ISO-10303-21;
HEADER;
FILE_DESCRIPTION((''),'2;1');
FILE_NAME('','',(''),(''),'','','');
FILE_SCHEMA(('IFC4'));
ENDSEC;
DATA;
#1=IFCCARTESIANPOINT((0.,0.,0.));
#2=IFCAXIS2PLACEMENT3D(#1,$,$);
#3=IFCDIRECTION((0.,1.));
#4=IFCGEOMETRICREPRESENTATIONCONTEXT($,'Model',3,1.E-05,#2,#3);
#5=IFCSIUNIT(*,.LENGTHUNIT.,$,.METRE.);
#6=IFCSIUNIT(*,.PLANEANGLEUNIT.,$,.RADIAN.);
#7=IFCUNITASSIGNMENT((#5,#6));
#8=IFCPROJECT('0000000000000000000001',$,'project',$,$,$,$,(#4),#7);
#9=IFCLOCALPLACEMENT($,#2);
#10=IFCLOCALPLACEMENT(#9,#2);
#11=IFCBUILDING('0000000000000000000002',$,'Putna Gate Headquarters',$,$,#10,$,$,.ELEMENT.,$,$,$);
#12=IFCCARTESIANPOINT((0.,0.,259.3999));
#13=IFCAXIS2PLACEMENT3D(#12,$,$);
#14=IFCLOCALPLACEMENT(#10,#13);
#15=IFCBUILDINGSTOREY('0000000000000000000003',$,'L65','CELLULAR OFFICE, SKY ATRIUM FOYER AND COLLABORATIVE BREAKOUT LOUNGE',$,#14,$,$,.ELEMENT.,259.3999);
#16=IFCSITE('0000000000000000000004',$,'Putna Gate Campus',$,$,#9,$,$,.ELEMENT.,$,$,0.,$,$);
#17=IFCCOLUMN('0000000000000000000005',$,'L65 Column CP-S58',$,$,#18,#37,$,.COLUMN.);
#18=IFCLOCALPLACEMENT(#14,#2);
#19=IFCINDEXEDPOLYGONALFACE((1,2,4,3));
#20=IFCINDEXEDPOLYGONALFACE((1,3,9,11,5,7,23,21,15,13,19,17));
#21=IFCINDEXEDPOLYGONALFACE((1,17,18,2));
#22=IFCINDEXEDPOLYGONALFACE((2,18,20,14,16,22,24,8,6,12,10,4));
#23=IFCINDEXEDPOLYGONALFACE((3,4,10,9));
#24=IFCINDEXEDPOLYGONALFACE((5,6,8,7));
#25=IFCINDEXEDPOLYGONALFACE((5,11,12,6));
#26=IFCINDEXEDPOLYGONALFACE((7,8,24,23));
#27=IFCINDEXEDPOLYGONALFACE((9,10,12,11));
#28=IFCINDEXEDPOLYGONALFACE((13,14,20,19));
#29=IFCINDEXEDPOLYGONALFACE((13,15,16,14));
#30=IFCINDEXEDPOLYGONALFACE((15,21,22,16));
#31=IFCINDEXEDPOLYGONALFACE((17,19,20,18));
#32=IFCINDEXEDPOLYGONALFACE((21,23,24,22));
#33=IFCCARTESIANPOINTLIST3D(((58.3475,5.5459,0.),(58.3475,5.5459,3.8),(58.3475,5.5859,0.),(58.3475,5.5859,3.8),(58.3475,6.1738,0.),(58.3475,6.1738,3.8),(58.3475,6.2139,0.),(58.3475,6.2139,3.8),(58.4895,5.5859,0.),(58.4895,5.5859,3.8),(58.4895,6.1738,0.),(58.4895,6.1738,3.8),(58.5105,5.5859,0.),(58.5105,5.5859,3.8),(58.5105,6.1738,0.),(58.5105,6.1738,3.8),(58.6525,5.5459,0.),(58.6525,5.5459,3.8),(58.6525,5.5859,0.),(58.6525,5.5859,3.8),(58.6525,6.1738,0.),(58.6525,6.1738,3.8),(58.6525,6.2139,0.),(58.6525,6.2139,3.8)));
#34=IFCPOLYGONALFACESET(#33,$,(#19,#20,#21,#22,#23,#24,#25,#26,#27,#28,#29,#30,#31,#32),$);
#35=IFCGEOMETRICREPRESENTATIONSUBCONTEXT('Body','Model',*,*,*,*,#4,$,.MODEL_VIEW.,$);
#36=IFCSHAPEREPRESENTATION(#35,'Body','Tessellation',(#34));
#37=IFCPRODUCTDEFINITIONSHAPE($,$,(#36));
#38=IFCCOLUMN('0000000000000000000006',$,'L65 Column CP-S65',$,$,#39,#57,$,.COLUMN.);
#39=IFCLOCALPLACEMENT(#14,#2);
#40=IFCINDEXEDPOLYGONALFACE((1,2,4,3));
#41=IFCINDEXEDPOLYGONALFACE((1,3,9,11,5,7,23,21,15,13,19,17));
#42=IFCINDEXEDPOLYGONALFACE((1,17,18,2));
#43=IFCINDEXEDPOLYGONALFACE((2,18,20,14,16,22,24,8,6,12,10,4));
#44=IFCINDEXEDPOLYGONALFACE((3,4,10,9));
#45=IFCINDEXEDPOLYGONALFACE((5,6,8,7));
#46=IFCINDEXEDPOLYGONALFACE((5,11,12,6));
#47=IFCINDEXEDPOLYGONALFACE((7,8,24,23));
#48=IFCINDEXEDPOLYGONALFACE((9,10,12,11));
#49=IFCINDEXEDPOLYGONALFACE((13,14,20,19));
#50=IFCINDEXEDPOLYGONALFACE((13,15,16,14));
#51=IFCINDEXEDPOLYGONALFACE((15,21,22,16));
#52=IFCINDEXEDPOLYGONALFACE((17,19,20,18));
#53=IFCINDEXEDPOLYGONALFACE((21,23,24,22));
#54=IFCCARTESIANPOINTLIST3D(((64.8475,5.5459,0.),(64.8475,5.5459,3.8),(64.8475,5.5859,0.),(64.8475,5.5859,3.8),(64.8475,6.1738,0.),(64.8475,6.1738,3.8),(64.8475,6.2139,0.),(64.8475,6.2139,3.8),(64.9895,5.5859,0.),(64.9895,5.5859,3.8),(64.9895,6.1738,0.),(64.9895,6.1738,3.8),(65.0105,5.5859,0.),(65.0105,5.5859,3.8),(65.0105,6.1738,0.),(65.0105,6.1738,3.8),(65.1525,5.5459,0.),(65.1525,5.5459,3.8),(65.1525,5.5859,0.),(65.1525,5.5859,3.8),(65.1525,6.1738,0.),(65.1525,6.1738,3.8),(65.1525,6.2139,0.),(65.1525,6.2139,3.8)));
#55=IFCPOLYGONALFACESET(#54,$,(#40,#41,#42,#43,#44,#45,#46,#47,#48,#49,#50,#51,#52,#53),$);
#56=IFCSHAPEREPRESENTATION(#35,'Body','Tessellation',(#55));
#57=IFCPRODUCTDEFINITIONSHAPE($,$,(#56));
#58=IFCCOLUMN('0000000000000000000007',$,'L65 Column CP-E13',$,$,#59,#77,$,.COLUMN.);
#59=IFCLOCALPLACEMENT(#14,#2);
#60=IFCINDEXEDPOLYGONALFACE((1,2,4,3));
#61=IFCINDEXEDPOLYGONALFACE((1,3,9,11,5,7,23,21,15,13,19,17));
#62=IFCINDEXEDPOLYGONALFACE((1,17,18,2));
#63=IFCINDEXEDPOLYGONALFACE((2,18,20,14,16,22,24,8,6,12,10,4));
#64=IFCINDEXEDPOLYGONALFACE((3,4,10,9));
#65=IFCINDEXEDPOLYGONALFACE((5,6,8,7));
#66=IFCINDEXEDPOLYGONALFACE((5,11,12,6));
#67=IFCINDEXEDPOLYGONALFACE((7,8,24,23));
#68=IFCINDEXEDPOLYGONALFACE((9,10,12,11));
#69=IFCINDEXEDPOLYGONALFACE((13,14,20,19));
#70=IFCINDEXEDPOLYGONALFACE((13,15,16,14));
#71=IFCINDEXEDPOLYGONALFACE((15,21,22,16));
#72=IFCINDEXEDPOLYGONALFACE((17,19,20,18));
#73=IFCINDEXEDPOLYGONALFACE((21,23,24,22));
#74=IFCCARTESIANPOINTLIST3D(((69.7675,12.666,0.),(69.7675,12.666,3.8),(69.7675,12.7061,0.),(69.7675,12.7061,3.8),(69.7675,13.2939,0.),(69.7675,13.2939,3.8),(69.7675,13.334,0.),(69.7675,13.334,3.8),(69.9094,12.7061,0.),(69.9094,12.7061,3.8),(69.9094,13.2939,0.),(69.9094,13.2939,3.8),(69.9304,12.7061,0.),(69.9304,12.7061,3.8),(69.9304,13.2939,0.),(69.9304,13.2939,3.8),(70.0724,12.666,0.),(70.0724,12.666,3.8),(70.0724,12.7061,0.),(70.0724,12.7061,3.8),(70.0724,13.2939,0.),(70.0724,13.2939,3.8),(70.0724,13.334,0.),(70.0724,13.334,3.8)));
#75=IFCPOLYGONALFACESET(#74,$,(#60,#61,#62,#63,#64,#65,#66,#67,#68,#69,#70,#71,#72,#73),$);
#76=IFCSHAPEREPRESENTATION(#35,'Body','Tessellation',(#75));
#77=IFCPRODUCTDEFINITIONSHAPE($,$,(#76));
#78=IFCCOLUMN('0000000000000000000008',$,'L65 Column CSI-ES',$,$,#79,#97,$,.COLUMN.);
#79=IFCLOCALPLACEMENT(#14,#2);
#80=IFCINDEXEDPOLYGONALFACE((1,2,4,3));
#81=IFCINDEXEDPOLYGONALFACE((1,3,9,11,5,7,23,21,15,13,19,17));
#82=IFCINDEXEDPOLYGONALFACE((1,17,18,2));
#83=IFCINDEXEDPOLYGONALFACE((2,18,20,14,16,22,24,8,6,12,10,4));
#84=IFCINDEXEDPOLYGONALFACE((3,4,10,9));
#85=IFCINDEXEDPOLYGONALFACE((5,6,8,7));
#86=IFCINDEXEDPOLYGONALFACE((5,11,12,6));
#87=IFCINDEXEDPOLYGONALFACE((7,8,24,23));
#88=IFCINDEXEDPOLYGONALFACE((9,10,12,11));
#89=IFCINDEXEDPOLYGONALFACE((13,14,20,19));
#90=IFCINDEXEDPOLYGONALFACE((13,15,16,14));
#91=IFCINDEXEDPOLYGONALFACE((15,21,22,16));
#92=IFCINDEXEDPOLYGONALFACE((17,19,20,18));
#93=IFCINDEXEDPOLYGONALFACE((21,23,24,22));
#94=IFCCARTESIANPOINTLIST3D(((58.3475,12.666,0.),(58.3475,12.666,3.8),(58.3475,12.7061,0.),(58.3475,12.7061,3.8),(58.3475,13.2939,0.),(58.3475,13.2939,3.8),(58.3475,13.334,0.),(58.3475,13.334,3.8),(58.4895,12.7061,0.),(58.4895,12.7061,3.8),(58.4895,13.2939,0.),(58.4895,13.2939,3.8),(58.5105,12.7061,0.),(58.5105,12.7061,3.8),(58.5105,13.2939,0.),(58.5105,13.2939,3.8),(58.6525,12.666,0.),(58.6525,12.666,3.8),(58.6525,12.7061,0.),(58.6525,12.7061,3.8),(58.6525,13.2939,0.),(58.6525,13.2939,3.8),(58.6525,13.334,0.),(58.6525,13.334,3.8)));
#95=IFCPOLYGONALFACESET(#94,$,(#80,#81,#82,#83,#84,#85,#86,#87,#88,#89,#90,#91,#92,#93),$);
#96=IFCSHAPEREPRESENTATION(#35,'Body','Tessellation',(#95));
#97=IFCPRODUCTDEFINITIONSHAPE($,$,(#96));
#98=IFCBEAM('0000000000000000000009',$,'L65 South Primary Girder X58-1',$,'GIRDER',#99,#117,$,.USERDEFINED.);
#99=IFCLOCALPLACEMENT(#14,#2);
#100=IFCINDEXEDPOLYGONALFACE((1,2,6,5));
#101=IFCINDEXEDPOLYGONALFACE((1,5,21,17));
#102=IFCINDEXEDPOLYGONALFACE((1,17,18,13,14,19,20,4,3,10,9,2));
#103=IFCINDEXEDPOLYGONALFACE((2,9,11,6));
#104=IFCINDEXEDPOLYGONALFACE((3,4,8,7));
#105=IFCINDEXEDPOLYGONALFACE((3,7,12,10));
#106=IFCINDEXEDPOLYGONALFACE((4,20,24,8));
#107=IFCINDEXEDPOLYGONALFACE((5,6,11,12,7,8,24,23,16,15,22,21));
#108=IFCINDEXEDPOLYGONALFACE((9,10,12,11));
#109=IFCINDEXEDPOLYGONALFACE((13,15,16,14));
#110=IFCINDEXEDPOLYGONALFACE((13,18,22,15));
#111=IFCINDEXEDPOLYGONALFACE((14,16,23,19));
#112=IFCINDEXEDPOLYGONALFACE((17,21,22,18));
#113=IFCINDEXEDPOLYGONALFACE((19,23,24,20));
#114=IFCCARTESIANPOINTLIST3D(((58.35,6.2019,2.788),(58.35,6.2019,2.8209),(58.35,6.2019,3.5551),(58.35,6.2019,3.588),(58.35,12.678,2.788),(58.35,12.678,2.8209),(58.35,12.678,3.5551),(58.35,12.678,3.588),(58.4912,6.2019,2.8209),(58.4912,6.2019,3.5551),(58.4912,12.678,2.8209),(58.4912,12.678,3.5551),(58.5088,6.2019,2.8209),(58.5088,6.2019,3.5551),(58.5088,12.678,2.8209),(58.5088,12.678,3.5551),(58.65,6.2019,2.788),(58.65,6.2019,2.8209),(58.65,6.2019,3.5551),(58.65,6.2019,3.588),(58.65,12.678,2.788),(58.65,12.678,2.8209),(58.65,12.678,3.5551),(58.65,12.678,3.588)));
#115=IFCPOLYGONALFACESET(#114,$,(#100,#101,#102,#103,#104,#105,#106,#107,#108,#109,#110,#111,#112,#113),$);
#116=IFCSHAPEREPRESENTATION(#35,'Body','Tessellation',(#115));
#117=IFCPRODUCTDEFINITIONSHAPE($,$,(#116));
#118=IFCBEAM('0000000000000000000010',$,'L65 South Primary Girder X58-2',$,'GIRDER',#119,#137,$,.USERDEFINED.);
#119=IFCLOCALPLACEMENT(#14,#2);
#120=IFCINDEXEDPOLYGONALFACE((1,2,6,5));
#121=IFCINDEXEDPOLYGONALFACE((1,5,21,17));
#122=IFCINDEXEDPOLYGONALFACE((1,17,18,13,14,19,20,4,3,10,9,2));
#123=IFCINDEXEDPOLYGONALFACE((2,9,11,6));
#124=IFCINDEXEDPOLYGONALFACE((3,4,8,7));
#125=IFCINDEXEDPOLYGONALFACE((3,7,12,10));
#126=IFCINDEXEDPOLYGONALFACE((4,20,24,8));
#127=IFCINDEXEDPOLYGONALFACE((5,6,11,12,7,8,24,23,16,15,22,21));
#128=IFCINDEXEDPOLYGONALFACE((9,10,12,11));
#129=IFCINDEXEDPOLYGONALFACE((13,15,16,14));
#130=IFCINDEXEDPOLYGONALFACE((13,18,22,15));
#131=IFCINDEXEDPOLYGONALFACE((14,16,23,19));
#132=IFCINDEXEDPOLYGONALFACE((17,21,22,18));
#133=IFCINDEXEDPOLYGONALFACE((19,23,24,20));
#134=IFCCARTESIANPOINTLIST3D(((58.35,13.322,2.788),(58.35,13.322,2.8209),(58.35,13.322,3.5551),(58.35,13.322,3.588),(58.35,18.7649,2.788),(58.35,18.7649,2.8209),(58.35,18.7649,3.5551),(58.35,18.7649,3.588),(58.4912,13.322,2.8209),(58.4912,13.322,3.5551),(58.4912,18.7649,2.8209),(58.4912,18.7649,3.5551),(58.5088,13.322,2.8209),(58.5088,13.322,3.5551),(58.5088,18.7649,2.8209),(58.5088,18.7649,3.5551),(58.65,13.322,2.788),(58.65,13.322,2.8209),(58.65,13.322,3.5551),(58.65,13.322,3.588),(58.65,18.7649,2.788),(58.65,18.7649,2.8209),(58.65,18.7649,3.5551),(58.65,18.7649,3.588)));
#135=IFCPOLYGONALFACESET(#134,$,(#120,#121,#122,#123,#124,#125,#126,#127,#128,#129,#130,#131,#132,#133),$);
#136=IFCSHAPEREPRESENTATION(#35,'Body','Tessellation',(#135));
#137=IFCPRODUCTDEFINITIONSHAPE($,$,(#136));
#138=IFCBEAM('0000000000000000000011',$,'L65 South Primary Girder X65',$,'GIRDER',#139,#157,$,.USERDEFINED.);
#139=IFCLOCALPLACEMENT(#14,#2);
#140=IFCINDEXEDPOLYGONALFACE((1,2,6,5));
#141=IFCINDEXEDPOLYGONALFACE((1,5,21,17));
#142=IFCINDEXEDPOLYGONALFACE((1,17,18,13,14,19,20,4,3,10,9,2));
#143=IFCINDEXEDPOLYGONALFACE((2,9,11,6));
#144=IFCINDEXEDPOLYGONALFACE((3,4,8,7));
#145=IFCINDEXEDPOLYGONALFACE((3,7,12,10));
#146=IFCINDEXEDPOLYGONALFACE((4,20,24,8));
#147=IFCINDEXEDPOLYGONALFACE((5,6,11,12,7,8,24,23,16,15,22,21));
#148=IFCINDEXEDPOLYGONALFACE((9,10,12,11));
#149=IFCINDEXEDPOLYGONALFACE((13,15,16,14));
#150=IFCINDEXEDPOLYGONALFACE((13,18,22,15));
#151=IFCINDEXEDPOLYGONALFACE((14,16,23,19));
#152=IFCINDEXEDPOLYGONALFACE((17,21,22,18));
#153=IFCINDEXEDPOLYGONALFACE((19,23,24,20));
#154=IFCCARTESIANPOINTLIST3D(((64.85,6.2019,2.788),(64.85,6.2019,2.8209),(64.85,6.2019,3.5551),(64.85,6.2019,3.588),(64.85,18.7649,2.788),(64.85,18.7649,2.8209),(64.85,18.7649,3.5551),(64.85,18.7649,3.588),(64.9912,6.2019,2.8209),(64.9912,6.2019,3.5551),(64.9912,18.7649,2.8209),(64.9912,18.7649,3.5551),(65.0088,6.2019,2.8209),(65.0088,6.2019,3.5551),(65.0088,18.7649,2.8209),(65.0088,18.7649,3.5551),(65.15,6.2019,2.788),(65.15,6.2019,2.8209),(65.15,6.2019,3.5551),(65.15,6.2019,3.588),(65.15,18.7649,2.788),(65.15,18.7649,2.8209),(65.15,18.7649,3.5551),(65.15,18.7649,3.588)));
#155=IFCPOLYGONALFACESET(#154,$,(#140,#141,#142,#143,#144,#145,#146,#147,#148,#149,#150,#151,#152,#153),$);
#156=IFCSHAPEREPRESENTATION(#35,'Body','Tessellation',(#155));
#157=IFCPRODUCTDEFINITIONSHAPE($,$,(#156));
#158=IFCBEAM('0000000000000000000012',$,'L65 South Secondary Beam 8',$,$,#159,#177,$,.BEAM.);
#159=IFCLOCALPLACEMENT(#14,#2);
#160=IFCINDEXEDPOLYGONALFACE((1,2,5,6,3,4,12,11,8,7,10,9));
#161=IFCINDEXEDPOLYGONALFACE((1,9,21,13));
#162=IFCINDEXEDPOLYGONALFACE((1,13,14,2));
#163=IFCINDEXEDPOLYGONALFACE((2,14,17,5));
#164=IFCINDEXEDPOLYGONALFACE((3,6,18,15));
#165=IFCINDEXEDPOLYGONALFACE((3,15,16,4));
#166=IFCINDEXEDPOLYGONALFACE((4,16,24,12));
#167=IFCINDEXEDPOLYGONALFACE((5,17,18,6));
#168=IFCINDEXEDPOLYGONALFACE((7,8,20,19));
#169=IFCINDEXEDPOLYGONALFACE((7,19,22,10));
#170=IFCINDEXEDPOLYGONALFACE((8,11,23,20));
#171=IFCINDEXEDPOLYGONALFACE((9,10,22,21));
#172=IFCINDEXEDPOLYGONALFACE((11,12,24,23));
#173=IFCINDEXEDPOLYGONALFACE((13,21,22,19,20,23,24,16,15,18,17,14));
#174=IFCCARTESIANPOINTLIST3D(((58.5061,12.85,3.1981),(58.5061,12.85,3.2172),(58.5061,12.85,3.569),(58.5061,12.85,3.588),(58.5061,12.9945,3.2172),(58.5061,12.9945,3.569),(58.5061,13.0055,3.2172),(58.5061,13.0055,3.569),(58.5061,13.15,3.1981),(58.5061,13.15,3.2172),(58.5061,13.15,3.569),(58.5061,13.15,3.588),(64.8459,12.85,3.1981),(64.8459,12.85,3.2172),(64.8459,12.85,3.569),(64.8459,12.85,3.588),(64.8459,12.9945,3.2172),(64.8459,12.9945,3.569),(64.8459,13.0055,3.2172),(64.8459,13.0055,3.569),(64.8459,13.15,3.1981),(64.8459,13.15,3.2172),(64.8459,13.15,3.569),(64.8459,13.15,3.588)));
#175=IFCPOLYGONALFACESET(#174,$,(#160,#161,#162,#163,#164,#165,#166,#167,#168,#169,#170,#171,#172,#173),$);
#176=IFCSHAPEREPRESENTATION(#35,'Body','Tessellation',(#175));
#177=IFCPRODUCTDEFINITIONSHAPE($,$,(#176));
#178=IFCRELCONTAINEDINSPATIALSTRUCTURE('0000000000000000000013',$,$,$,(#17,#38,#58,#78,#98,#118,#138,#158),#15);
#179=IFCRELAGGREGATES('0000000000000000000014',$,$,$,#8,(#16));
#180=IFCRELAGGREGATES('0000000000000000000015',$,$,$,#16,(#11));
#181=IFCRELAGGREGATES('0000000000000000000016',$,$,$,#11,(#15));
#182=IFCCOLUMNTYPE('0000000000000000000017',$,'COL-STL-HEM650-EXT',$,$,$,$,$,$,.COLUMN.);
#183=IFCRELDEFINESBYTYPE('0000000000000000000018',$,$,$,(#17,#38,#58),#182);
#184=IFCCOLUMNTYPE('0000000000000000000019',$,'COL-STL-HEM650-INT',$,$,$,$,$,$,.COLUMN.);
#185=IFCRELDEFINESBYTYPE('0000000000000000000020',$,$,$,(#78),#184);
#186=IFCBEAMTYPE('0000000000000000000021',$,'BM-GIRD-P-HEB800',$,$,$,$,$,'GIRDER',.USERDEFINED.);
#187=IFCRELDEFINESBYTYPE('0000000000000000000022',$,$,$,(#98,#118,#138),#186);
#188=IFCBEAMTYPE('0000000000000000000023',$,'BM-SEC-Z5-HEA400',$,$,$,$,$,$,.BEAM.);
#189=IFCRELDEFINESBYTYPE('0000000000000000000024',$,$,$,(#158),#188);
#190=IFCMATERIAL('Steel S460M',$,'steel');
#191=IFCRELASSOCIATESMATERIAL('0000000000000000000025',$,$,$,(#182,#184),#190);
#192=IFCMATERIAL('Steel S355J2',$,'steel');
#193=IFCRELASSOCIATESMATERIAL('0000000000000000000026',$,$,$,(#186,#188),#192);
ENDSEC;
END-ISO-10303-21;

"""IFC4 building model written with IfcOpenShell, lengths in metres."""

from ifc_helpers import new_model, si_unit, direction, frame, origin, origin_2d, place, context, subcontext, project, spatial, i_section, extrude, material, material_profile, profile_set, type_object, element, save


model = new_model("IFC4")

# Units and contexts
model_context = context("Model", 3, precision=1e-05, world=origin(), true_north=direction((0.0, 1.0)))
body_context = subcontext(model_context, "Body", "Model", "MODEL_VIEW")
ifc_project = project(units=[si_unit("LENGTHUNIT", "METRE"), si_unit("PLANEANGLEUNIT", "RADIAN")], contexts=[model_context])

# Site, building, storey
site_placement = place(None, origin())
site = spatial("IfcSite", under=ifc_project, at=site_placement, Name="Putna Gate Campus", CompositionType="ELEMENT", RefElevation=0.0)
building_placement = place(site_placement, origin())
building = spatial("IfcBuilding", under=site, at=building_placement, Name="Putna Gate Headquarters", CompositionType="ELEMENT")
storey_placement = place(building_placement, frame((0.0, 0.0, 259.3999)))
storey = spatial("IfcBuildingStorey", under=building, at=storey_placement, Name="L65", Description="CELLULAR OFFICE, SKY ATRIUM FOYER AND COLLABORATIVE BREAKOUT LOUNGE", CompositionType="ELEMENT", Elevation=259.3999)

# Columns
ifc_material_1 = material(Name="Steel S460M", Category="steel")
ifc_material_profile_1 = material_profile(ifc_material_1, i_section(OverallWidth=0.3049, OverallDepth=0.668, WebThickness=0.021, FlangeThickness=0.04, at=origin_2d()), Name="Steel S460M")
ifc_profile_set_1 = profile_set([ifc_material_profile_1], Name="Steel S460M")
column_type_1 = type_object("IfcColumnType", Name="COL-STL-HEM650-EXT", PredefinedType="COLUMN", material=ifc_profile_set_1)
for number, where, z_axis, x_axis, name in (
    (1, (58.5, 5.8799, 0.0), (0.0, 0.0, 1.0), (1.0, 0.0, 0.0), "L65 Column CP-S58"),
    (2, (65.0, 5.8799, 0.0), (0.0, 0.0, 1.0), (1.0, 0.0, 0.0), "L65 Column CP-S65"),
    (3, (69.9199, 13.0, 0.0), (0.0, 0.0, 1.0), (1.0, 0.0, 0.0), "L65 Column CP-E13"),
):
    element("IfcColumn", number, at=place(storey_placement, frame(where, z_axis=z_axis, x_axis=x_axis)), inside=storey, type_object=column_type_1, Name=name, PredefinedType="COLUMN", context=body_context, shape_type="SweptSolid", body=[
        extrude(i_section(OverallWidth=0.3049, OverallDepth=0.668, WebThickness=0.021, FlangeThickness=0.04, at=origin_2d()), origin(), (0.0, 0.0, 1.0), 3.8),
    ])
ifc_material_profile_2 = material_profile(ifc_material_1, i_section(OverallWidth=0.3049, OverallDepth=0.668, WebThickness=0.021, FlangeThickness=0.04, at=origin_2d()), Name="Steel S460M")
ifc_profile_set_2 = profile_set([ifc_material_profile_2], Name="Steel S460M")
column_type_2 = type_object("IfcColumnType", Name="COL-STL-HEM650-INT", PredefinedType="COLUMN", material=ifc_profile_set_2)
column_placement = place(storey_placement, frame((58.5, 13.0, 0.0), z_axis=(0.0, 0.0, 1.0), x_axis=(1.0, 0.0, 0.0)))
element("IfcColumn", 4, at=column_placement, inside=storey, type_object=column_type_2, Name="L65 Column CSI-ES", PredefinedType="COLUMN", context=body_context, shape_type="SweptSolid", body=[
    extrude(i_section(OverallWidth=0.3049, OverallDepth=0.668, WebThickness=0.021, FlangeThickness=0.04, at=origin_2d()), origin(), (0.0, 0.0, 1.0), 3.8),
])

# Beams
ifc_material_2 = material(Name="Steel S355J2", Category="steel")
ifc_material_profile_3 = material_profile(ifc_material_2, i_section(OverallWidth=0.3, OverallDepth=0.8, WebThickness=0.0176, FlangeThickness=0.033, at=origin_2d()), Name="Steel S355J2")
ifc_profile_set_3 = profile_set([ifc_material_profile_3], Name="Steel S355J2")
beam_type_1 = type_object("IfcBeamType", Name="BM-GIRD-P-HEB800", ElementType="GIRDER", PredefinedType="USERDEFINED", material=ifc_profile_set_3)
beam_1_placement = place(storey_placement, frame((58.5, 6.2019, 3.188), z_axis=(0.0, 1.0, 0.0), x_axis=(-1.0, 0.0, 0.0)))
element("IfcBeam", 5, at=beam_1_placement, inside=storey, type_object=beam_type_1, Name="L65 South Primary Girder X58-1", ObjectType="GIRDER", PredefinedType="USERDEFINED", context=body_context, shape_type="SweptSolid", body=[
    extrude(i_section(OverallWidth=0.3, OverallDepth=0.8, WebThickness=0.0176, FlangeThickness=0.033, at=origin_2d()), origin(), (0.0, 0.0, 1.0), 6.4761),
])
beam_2_placement = place(storey_placement, frame((58.5, 13.322, 3.188), z_axis=(0.0, 1.0, 0.0), x_axis=(-1.0, 0.0, 0.0)))
element("IfcBeam", 6, at=beam_2_placement, inside=storey, type_object=beam_type_1, Name="L65 South Primary Girder X58-2", ObjectType="GIRDER", PredefinedType="USERDEFINED", context=body_context, shape_type="SweptSolid", body=[
    extrude(i_section(OverallWidth=0.3, OverallDepth=0.8, WebThickness=0.0176, FlangeThickness=0.033, at=origin_2d()), origin(), (0.0, 0.0, 1.0), 5.4429),
])
beam_3_placement = place(storey_placement, frame((65.0, 6.2019, 3.188), z_axis=(0.0, 1.0, 0.0), x_axis=(-1.0, 0.0, 0.0)))
element("IfcBeam", 7, at=beam_3_placement, inside=storey, type_object=beam_type_1, Name="L65 South Primary Girder X65", ObjectType="GIRDER", PredefinedType="USERDEFINED", context=body_context, shape_type="SweptSolid", body=[
    extrude(i_section(OverallWidth=0.3, OverallDepth=0.8, WebThickness=0.0176, FlangeThickness=0.033, at=origin_2d()), origin(), (0.0, 0.0, 1.0), 12.563),
])
ifc_material_profile_4 = material_profile(ifc_material_2, i_section(OverallWidth=0.3, OverallDepth=0.3899, WebThickness=0.011, FlangeThickness=0.019, at=origin_2d()), Name="Steel S355J2")
ifc_profile_set_4 = profile_set([ifc_material_profile_4], Name="Steel S355J2")
beam_type_2 = type_object("IfcBeamType", Name="BM-SEC-Z5-HEA400", PredefinedType="BEAM", material=ifc_profile_set_4)
beam_4_placement = place(storey_placement, frame((58.5061, 13.0, 3.3931), z_axis=(1.0, 0.0, 0.0), x_axis=(0.0, 1.0, 0.0)))
element("IfcBeam", 8, at=beam_4_placement, inside=storey, type_object=beam_type_2, Name="L65 South Secondary Beam 8", PredefinedType="BEAM", context=body_context, shape_type="SweptSolid", body=[
    extrude(i_section(OverallWidth=0.3, OverallDepth=0.3899, WebThickness=0.011, FlangeThickness=0.019, at=origin_2d()), origin(), (0.0, 0.0, 1.0), 6.3398),
])

save(model, "model.ifc")
